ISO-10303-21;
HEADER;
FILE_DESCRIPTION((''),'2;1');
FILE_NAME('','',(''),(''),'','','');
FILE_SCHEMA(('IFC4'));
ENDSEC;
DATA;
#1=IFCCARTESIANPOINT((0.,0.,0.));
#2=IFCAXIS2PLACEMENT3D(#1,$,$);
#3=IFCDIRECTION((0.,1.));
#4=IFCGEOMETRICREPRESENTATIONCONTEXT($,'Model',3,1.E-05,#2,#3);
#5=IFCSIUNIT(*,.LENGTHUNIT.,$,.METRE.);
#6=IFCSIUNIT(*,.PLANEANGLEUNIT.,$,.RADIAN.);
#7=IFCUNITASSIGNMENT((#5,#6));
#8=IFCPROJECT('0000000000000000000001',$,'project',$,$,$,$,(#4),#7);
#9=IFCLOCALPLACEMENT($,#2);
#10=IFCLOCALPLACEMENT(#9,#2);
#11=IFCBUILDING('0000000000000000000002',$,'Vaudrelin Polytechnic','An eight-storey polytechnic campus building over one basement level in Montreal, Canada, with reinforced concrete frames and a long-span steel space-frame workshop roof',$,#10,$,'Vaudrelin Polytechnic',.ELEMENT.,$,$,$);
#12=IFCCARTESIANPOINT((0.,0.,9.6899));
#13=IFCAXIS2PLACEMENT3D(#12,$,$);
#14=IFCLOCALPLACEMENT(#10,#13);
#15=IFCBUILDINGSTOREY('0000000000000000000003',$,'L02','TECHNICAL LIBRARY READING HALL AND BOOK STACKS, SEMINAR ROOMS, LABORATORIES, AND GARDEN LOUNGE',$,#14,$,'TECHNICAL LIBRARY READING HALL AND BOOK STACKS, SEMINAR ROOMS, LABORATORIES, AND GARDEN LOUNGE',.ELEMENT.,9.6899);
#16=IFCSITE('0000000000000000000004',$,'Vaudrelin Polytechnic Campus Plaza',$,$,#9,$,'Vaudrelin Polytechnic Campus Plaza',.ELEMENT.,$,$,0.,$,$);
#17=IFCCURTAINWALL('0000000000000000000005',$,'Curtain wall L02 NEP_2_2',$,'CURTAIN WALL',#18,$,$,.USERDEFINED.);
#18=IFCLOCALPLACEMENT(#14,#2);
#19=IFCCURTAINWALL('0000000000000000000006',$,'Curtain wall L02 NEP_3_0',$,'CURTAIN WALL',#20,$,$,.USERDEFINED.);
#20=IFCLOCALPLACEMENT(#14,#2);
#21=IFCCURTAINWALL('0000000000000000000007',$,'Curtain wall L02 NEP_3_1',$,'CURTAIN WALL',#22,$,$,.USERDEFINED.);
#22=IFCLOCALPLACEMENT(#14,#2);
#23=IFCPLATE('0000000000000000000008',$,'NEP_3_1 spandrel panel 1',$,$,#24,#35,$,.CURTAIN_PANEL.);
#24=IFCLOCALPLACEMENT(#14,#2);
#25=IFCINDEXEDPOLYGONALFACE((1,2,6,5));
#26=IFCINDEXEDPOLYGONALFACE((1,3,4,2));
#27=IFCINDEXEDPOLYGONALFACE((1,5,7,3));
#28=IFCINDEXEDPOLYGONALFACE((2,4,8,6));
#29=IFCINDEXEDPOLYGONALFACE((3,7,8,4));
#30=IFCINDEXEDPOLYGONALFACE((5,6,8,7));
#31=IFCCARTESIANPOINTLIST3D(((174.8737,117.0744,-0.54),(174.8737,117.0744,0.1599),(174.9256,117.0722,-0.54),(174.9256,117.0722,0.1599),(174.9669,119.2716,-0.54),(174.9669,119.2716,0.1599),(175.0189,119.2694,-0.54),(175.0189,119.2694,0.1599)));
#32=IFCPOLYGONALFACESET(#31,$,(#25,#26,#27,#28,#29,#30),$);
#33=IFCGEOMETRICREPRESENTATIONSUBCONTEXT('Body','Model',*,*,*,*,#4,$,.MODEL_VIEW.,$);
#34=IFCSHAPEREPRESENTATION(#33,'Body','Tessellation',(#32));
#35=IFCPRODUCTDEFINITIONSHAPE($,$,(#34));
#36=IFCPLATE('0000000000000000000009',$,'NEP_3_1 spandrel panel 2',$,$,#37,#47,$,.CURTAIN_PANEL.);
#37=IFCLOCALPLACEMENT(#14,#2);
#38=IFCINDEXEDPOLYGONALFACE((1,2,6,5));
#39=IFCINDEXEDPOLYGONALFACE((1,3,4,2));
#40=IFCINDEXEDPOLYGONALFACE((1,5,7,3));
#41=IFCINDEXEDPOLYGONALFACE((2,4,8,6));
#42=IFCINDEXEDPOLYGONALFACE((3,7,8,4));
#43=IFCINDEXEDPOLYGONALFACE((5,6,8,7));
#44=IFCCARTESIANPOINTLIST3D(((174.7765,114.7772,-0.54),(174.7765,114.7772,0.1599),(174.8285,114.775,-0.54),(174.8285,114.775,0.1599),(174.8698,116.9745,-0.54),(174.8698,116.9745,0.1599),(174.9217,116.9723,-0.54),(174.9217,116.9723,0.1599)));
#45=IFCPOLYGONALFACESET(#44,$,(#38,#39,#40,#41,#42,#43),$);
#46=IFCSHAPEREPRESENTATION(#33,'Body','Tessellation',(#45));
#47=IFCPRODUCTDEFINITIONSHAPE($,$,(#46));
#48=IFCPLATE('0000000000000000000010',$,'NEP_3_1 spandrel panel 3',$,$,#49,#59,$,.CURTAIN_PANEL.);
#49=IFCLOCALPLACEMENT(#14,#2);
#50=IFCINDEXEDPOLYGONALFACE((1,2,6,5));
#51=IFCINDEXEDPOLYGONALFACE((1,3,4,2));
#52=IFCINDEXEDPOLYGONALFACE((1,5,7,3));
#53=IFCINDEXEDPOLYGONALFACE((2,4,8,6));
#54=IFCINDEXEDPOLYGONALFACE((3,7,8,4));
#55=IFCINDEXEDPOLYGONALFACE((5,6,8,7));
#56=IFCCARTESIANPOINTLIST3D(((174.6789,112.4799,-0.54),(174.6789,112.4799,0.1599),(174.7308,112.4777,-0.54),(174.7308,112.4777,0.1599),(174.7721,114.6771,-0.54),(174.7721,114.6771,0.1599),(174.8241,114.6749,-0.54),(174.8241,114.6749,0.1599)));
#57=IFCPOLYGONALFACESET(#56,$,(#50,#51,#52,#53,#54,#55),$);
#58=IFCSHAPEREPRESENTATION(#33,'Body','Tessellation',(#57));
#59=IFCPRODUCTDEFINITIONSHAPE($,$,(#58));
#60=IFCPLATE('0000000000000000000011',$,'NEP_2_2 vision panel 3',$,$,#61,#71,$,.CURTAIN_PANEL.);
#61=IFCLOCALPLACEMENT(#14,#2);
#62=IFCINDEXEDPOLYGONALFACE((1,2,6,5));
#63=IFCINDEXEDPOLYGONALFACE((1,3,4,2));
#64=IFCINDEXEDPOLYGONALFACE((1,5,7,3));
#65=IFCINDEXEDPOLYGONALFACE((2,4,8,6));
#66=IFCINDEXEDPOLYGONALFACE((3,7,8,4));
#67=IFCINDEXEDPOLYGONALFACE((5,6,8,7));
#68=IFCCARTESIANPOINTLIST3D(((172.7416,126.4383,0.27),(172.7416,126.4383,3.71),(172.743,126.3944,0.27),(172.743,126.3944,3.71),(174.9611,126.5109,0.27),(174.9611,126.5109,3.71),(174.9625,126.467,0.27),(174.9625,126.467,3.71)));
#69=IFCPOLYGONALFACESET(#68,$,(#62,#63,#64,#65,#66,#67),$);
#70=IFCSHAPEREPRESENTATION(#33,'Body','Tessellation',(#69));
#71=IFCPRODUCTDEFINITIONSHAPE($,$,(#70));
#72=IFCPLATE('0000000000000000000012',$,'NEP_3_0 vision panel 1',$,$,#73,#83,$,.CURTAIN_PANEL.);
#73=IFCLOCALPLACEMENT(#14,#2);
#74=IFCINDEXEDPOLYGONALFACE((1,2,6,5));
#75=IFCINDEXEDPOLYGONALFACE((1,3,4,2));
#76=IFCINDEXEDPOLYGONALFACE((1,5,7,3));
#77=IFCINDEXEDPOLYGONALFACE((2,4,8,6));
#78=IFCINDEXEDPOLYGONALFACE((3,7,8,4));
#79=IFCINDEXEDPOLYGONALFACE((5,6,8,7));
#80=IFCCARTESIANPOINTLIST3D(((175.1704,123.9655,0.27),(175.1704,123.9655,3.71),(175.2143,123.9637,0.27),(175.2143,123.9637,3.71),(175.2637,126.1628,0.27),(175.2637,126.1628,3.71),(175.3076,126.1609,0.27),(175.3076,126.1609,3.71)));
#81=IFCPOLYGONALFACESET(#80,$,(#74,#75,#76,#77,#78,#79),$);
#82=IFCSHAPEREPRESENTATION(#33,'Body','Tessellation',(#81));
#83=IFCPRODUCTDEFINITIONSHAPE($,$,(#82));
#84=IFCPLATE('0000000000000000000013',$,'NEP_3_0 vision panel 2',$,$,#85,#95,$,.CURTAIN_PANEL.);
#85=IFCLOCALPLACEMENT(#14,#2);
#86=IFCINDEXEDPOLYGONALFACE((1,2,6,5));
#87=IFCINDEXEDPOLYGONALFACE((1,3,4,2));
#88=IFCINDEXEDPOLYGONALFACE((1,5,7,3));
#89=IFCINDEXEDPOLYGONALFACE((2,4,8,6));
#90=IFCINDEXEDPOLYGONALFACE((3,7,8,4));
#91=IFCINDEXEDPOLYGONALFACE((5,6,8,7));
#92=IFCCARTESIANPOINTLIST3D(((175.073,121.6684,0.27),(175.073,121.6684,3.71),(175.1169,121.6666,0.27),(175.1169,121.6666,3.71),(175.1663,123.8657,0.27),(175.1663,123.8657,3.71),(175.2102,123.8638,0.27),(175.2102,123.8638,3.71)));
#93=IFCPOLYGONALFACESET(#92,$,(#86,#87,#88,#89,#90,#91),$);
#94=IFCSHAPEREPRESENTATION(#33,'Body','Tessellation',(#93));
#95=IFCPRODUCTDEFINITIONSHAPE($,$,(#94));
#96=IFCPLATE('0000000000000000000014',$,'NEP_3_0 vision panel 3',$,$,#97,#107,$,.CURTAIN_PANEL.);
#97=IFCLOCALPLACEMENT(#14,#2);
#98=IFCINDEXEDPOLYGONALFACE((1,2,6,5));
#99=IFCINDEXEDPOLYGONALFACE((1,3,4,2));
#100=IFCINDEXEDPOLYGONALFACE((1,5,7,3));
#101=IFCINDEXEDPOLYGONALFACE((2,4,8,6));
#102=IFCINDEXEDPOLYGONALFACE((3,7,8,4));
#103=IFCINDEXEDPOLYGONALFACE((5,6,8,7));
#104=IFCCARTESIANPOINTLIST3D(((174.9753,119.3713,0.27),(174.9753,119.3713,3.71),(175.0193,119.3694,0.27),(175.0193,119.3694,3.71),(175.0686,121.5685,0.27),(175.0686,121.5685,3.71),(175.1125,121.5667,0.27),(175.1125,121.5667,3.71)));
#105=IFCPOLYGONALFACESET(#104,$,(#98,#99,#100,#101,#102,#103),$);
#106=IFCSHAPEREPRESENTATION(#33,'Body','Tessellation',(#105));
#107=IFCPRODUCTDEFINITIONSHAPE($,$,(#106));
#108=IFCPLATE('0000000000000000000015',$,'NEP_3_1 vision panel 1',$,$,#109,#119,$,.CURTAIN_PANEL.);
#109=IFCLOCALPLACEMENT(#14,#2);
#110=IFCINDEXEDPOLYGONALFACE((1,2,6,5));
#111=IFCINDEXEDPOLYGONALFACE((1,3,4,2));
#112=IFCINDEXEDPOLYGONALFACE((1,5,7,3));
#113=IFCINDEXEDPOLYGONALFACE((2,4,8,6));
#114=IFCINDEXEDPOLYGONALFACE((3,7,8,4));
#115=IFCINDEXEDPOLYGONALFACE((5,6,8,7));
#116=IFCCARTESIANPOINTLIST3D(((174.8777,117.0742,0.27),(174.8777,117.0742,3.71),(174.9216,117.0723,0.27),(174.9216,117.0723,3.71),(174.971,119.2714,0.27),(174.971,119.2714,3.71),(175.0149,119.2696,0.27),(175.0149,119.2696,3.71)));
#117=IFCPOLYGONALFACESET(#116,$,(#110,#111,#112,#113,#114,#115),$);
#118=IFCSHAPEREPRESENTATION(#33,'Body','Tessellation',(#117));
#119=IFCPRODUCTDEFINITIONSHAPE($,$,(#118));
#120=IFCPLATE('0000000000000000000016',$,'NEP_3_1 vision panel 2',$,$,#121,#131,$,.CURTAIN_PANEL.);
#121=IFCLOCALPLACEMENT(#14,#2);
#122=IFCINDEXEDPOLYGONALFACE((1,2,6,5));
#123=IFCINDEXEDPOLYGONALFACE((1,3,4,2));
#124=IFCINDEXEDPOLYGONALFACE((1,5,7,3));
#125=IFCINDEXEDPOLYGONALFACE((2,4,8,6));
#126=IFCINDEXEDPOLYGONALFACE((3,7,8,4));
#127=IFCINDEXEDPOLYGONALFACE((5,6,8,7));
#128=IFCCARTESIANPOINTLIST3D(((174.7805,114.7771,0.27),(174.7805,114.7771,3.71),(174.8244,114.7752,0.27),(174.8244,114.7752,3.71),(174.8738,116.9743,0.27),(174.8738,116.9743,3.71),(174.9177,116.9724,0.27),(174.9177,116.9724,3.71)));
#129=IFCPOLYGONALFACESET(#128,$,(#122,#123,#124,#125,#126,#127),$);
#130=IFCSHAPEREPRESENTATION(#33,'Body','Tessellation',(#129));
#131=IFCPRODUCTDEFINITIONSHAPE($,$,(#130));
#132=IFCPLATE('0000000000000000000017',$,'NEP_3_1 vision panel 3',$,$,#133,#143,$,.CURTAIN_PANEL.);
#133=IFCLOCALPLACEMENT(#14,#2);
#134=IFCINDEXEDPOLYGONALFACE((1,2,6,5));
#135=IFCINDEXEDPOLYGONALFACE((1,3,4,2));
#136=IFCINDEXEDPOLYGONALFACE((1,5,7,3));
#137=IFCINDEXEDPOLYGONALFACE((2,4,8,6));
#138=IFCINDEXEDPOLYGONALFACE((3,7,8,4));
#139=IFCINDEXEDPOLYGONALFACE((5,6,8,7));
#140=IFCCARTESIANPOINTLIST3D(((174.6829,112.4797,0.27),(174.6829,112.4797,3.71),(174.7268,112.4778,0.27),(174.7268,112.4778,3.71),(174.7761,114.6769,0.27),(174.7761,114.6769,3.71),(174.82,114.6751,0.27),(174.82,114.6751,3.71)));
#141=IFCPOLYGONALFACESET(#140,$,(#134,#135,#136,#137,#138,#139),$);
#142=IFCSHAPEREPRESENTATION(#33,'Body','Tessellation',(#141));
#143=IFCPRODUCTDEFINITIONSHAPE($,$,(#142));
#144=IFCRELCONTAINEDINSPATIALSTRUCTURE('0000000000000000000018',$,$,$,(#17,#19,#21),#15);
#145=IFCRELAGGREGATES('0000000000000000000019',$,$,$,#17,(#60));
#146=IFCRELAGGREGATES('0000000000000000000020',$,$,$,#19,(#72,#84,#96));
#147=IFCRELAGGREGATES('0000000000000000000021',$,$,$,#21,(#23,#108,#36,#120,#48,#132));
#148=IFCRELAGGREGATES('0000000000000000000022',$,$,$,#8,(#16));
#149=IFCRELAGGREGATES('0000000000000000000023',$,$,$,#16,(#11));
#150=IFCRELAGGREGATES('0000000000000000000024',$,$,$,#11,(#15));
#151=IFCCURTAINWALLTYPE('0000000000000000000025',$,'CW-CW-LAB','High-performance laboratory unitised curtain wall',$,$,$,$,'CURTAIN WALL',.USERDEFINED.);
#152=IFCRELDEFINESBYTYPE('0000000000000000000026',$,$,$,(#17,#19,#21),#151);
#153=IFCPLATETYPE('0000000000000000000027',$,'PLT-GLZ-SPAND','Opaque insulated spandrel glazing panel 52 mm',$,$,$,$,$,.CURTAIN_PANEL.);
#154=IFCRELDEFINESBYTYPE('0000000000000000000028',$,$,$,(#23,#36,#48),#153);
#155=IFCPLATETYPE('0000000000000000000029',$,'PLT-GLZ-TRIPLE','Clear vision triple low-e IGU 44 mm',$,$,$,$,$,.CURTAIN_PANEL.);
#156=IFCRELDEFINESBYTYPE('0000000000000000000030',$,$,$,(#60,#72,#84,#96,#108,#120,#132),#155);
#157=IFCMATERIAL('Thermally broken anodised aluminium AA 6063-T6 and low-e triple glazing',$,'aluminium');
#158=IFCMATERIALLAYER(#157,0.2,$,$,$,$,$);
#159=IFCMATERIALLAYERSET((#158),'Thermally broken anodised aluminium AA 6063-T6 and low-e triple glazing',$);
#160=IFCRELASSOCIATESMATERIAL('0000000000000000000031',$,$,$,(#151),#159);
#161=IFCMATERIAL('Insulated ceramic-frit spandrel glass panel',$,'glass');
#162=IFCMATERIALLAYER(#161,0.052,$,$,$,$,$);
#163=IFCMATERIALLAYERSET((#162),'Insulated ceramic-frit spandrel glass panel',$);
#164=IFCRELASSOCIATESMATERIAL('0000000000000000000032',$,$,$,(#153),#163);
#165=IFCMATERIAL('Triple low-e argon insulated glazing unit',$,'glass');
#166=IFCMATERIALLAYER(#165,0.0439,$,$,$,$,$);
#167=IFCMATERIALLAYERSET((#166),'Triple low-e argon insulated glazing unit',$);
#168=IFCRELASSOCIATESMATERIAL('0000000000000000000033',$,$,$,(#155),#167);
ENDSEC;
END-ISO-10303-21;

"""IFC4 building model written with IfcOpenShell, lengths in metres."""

from ifc_helpers import new_model, si_unit, direction, frame, origin, origin_2d, place, context, subcontext, project, spatial, rectangle, extrude, material, layer, layer_set, type_object, element, aggregate, save


model = new_model("IFC4")

# Units and contexts
model_context = context("Model", 3, precision=1e-05, world=origin(), true_north=direction((0.0, 1.0)))
body_context = subcontext(model_context, "Body", "Model", "MODEL_VIEW")
ifc_project = project(units=[si_unit("LENGTHUNIT", "METRE"), si_unit("PLANEANGLEUNIT", "RADIAN")], contexts=[model_context])

# Site, building, storey
site_placement = place(None, origin())
site = spatial("IfcSite", under=ifc_project, at=site_placement, Name="Vaudrelin Polytechnic Campus Plaza", LongName="Vaudrelin Polytechnic Campus Plaza", CompositionType="ELEMENT", RefElevation=0.0)
building_placement = place(site_placement, origin())
building = spatial("IfcBuilding", under=site, at=building_placement, Name="Vaudrelin Polytechnic", Description="An eight-storey polytechnic campus building over one basement level in Montreal, Canada, with reinforced concrete frames and a long-span steel space-frame workshop roof", LongName="Vaudrelin Polytechnic", CompositionType="ELEMENT")
storey_placement = place(building_placement, frame((0.0, 0.0, 9.6899)))
storey = spatial("IfcBuildingStorey", under=building, at=storey_placement, Name="L02", Description="TECHNICAL LIBRARY READING HALL AND BOOK STACKS, SEMINAR ROOMS, LABORATORIES, AND GARDEN LOUNGE", LongName="TECHNICAL LIBRARY READING HALL AND BOOK STACKS, SEMINAR ROOMS, LABORATORIES, AND GARDEN LOUNGE", CompositionType="ELEMENT", Elevation=9.6899)

# Curtain wall
ifc_material_1 = material(Name="Thermally broken anodised aluminium AA 6063-T6 and low-e triple glazing", Category="aluminium")
ifc_layer_1 = layer(ifc_material_1, 0.2)
ifc_layer_set_1 = layer_set([ifc_layer_1], Name="Thermally broken anodised aluminium AA 6063-T6 and low-e triple glazing")
curtain_wall_type = type_object("IfcCurtainWallType", Name="CW-CW-LAB", Description="High-performance laboratory unitised curtain wall", ElementType="CURTAIN WALL", PredefinedType="USERDEFINED", material=ifc_layer_set_1)
curtain_wall_1_placement = place(storey_placement, origin())
curtain_wall_1 = element("IfcCurtainWall", 1, at=curtain_wall_1_placement, inside=storey, type_object=curtain_wall_type, Name="Curtain wall L02 NEP_2_2", ObjectType="CURTAIN WALL", PredefinedType="USERDEFINED")

# Curtain walls
curtain_wall_2_placement = place(storey_placement, origin())
curtain_wall_2 = element("IfcCurtainWall", 2, at=curtain_wall_2_placement, inside=storey, type_object=curtain_wall_type, Name="Curtain wall L02 NEP_3_0", ObjectType="CURTAIN WALL", PredefinedType="USERDEFINED")
curtain_wall_3_placement = place(storey_placement, origin())
curtain_wall_3 = element("IfcCurtainWall", 3, at=curtain_wall_3_placement, inside=storey, type_object=curtain_wall_type, Name="Curtain wall L02 NEP_3_1", ObjectType="CURTAIN WALL", PredefinedType="USERDEFINED")

# Plates
ifc_material_2 = material(Name="Insulated ceramic-frit spandrel glass panel", Category="glass")
ifc_layer_2 = layer(ifc_material_2, 0.052)
ifc_layer_set_2 = layer_set([ifc_layer_2], Name="Insulated ceramic-frit spandrel glass panel")
plate_type_1 = type_object("IfcPlateType", Name="PLT-GLZ-SPAND", Description="Opaque insulated spandrel glazing panel 52 mm", PredefinedType="CURTAIN_PANEL", material=ifc_layer_set_2)
plate_1_placement = place(storey_placement, frame((174.9463, 118.1719, -0.54), z_axis=(0.0, 0.0, 1.0), x_axis=(-0.042405, -0.9991, 0.0)))
plate_1 = element("IfcPlate", 4, at=plate_1_placement, type_object=plate_type_1, Name="NEP_3_1 spandrel panel 1", PredefinedType="CURTAIN_PANEL", context=body_context, shape_type="SweptSolid", body=[
    extrude(rectangle(XDim=2.1992, YDim=0.052, at=origin_2d()), origin(), (0.0, 0.0, 1.0), 0.7),
])
plate_2_placement = place(storey_placement, frame((174.8491, 115.8748, -0.54), z_axis=(0.0, 0.0, 1.0), x_axis=(-0.042405, -0.9991, 0.0)))
plate_2 = element("IfcPlate", 5, at=plate_2_placement, type_object=plate_type_1, Name="NEP_3_1 spandrel panel 2", PredefinedType="CURTAIN_PANEL", context=body_context, shape_type="SweptSolid", body=[
    extrude(rectangle(XDim=2.1992, YDim=0.052, at=origin_2d()), origin(), (0.0, 0.0, 1.0), 0.7),
])
plate_3_placement = place(storey_placement, frame((174.7515, 113.5774, -0.54), z_axis=(0.0, 0.0, 1.0), x_axis=(-0.042405, -0.9991, 0.0)))
plate_3 = element("IfcPlate", 6, at=plate_3_placement, type_object=plate_type_1, Name="NEP_3_1 spandrel panel 3", PredefinedType="CURTAIN_PANEL", context=body_context, shape_type="SweptSolid", body=[
    extrude(rectangle(XDim=2.1992, YDim=0.052, at=origin_2d()), origin(), (0.0, 0.0, 1.0), 0.7),
])
ifc_material_3 = material(Name="Triple low-e argon insulated glazing unit", Category="glass")
ifc_layer_3 = layer(ifc_material_3, 0.0439)
ifc_layer_set_3 = layer_set([ifc_layer_3], Name="Triple low-e argon insulated glazing unit")
plate_type_2 = type_object("IfcPlateType", Name="PLT-GLZ-TRIPLE", Description="Clear vision triple low-e IGU 44 mm", PredefinedType="CURTAIN_PANEL", material=ifc_layer_set_3)
plate_4_placement = place(storey_placement, frame((173.8521, 126.4526, 0.27), z_axis=(0.0, 0.0, 1.0), x_axis=(0.999465, 0.032693, 0.0)))
plate_4 = element("IfcPlate", 7, at=plate_4_placement, type_object=plate_type_2, Name="NEP_2_2 vision panel 3", PredefinedType="CURTAIN_PANEL", context=body_context, shape_type="SweptSolid", body=[
    extrude(rectangle(XDim=2.2207, YDim=0.0439, at=origin_2d()), origin(), (0.0, 0.0, 1.0), 3.4399),
])
aggregate(curtain_wall_1, [plate_4])
plate_5_placement = place(storey_placement, frame((175.239, 125.0632, 0.27), z_axis=(0.0, 0.0, 1.0), x_axis=(-0.04242, -0.9991, 0.0)))
plate_5 = element("IfcPlate", 8, at=plate_5_placement, type_object=plate_type_2, Name="NEP_3_0 vision panel 1", PredefinedType="CURTAIN_PANEL", context=body_context, shape_type="SweptSolid", body=[
    extrude(rectangle(XDim=2.1992, YDim=0.0439, at=origin_2d()), origin(), (0.0, 0.0, 1.0), 3.4399),
])
plate_6_placement = place(storey_placement, frame((175.1416, 122.7661, 0.27), z_axis=(0.0, 0.0, 1.0), x_axis=(-0.04242, -0.9991, 0.0)))
plate_6 = element("IfcPlate", 9, at=plate_6_placement, type_object=plate_type_2, Name="NEP_3_0 vision panel 2", PredefinedType="CURTAIN_PANEL", context=body_context, shape_type="SweptSolid", body=[
    extrude(rectangle(XDim=2.1992, YDim=0.0439, at=origin_2d()), origin(), (0.0, 0.0, 1.0), 3.4399),
])
plate_7_placement = place(storey_placement, frame((175.0439, 120.469, 0.27), z_axis=(0.0, 0.0, 1.0), x_axis=(-0.04242, -0.9991, 0.0)))
plate_7 = element("IfcPlate", 10, at=plate_7_placement, type_object=plate_type_2, Name="NEP_3_0 vision panel 3", PredefinedType="CURTAIN_PANEL", context=body_context, shape_type="SweptSolid", body=[
    extrude(rectangle(XDim=2.1992, YDim=0.0439, at=origin_2d()), origin(), (0.0, 0.0, 1.0), 3.4399),
])
aggregate(curtain_wall_2, [plate_5, plate_6, plate_7])
plate_8_placement = place(storey_placement, frame((174.9463, 118.1719, 0.27), z_axis=(0.0, 0.0, 1.0), x_axis=(-0.042405, -0.9991, 0.0)))
plate_8 = element("IfcPlate", 11, at=plate_8_placement, type_object=plate_type_2, Name="NEP_3_1 vision panel 1", PredefinedType="CURTAIN_PANEL", context=body_context, shape_type="SweptSolid", body=[
    extrude(rectangle(XDim=2.1992, YDim=0.0439, at=origin_2d()), origin(), (0.0, 0.0, 1.0), 3.4399),
])
plate_9_placement = place(storey_placement, frame((174.8491, 115.8748, 0.27), z_axis=(0.0, 0.0, 1.0), x_axis=(-0.042405, -0.9991, 0.0)))
plate_9 = element("IfcPlate", 12, at=plate_9_placement, type_object=plate_type_2, Name="NEP_3_1 vision panel 2", PredefinedType="CURTAIN_PANEL", context=body_context, shape_type="SweptSolid", body=[
    extrude(rectangle(XDim=2.1992, YDim=0.0439, at=origin_2d()), origin(), (0.0, 0.0, 1.0), 3.4399),
])
plate_10_placement = place(storey_placement, frame((174.7515, 113.5774, 0.27), z_axis=(0.0, 0.0, 1.0), x_axis=(-0.042405, -0.9991, 0.0)))
plate_10 = element("IfcPlate", 13, at=plate_10_placement, type_object=plate_type_2, Name="NEP_3_1 vision panel 3", PredefinedType="CURTAIN_PANEL", context=body_context, shape_type="SweptSolid", body=[
    extrude(rectangle(XDim=2.1992, YDim=0.0439, at=origin_2d()), origin(), (0.0, 0.0, 1.0), 3.4399),
])
aggregate(curtain_wall_3, [plate_1, plate_8, plate_2, plate_9, plate_3, plate_10])

save(model, "model.ifc")
